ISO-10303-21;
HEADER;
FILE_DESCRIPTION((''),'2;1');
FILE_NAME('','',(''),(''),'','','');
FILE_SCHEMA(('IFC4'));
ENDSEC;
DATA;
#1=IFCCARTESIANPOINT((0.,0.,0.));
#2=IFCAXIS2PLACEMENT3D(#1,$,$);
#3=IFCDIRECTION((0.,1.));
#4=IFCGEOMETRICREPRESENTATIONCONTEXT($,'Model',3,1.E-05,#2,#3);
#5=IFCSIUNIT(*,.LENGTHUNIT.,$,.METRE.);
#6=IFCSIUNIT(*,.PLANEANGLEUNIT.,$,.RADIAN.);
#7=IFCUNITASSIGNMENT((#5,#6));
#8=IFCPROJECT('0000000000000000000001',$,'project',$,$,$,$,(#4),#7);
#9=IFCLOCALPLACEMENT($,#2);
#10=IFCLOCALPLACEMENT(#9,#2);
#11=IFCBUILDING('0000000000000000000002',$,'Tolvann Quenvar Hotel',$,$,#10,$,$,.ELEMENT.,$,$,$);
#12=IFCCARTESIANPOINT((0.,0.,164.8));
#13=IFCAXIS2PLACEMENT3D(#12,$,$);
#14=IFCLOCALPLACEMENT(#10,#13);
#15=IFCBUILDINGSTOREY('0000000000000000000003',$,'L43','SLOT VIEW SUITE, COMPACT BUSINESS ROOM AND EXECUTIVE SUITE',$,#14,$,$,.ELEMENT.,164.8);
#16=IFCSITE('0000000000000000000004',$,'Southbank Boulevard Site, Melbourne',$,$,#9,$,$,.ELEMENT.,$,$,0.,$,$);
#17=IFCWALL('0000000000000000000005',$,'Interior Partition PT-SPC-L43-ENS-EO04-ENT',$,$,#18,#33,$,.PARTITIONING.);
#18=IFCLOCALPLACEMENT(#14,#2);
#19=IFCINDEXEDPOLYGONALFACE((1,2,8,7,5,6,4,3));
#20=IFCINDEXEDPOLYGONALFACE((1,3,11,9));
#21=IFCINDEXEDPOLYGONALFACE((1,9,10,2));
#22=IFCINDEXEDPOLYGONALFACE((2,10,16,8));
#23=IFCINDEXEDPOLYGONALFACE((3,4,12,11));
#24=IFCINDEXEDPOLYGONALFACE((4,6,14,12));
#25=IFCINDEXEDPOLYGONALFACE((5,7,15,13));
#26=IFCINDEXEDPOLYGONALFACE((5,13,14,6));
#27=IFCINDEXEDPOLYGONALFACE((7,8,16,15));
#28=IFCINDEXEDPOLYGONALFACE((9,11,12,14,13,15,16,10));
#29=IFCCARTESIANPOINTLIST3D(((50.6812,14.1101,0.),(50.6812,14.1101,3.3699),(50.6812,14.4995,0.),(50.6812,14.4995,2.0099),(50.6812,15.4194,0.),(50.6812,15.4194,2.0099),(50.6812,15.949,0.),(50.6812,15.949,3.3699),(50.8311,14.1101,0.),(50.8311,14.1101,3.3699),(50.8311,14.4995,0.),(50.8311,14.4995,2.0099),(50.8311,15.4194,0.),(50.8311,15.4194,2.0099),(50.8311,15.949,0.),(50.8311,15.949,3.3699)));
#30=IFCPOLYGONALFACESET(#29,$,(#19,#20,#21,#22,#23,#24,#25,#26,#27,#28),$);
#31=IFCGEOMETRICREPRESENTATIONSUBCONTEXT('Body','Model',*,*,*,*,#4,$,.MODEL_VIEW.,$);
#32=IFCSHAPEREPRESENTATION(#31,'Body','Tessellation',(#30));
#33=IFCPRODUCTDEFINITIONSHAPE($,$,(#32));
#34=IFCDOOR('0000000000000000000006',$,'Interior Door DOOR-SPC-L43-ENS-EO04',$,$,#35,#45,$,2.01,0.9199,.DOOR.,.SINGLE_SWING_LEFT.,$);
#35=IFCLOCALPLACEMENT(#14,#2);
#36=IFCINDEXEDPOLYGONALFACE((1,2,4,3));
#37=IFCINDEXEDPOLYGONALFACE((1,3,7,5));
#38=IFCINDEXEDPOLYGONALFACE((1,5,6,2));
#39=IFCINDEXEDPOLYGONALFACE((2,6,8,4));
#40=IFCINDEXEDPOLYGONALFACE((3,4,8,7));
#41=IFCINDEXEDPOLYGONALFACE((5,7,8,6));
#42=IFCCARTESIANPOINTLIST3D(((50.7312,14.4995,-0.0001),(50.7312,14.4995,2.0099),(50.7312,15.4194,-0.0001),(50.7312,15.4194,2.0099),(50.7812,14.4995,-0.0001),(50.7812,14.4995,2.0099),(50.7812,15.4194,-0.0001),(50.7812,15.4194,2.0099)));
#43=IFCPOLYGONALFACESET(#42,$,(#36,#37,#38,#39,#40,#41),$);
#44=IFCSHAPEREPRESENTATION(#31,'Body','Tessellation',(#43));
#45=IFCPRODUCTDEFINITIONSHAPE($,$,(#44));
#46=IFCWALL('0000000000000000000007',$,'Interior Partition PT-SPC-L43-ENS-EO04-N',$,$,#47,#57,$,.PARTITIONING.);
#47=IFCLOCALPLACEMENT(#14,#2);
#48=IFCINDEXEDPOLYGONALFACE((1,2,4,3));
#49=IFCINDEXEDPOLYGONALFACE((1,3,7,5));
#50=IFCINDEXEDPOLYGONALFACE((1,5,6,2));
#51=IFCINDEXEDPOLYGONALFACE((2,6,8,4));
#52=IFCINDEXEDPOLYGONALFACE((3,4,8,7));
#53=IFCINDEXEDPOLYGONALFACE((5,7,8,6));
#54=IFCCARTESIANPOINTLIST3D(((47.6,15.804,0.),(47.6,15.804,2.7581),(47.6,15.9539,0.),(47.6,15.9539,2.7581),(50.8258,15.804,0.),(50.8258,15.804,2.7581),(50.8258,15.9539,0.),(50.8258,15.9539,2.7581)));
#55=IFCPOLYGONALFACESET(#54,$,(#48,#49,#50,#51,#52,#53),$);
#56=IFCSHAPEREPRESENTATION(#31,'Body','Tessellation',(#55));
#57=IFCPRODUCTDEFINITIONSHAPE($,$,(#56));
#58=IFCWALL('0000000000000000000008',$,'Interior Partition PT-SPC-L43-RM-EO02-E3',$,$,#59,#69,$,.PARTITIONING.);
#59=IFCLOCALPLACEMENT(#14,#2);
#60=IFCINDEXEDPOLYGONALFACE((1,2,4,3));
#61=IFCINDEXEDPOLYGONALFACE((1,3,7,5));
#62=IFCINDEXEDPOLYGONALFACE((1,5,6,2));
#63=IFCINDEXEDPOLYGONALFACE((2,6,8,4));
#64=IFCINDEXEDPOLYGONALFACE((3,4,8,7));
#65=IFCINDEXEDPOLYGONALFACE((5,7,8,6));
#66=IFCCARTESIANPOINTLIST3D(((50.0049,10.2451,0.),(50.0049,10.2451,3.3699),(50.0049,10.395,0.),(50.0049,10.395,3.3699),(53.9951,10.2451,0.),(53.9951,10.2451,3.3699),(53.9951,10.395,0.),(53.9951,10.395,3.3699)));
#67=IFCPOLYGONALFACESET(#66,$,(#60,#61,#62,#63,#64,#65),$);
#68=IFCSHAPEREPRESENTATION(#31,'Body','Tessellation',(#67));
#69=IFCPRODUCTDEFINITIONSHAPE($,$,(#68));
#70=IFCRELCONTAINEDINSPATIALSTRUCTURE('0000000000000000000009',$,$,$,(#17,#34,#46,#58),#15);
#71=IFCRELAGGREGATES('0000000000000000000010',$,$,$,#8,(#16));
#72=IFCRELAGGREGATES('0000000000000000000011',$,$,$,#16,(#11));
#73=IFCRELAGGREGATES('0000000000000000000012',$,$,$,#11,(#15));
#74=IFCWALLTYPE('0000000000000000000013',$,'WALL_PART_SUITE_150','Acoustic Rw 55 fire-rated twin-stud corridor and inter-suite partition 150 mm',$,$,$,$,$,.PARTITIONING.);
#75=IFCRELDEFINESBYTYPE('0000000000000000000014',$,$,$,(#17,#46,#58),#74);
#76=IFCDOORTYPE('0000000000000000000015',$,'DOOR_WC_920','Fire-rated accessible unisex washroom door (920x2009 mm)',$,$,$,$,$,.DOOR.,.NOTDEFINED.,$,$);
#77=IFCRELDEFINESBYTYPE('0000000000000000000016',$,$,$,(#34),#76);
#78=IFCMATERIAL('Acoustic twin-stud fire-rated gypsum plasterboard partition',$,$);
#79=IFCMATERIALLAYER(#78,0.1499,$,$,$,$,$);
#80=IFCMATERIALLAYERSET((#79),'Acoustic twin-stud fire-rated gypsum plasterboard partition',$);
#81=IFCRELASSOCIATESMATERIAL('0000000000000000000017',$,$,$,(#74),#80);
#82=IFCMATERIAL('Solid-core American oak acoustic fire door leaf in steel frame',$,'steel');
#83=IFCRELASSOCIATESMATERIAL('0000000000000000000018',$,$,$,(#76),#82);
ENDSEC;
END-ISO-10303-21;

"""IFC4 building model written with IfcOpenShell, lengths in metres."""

from ifc_helpers import new_model, si_unit, direction, frame, frame_2d, origin, place, context, subcontext, project, spatial, rectangle, extrude, source, transform, mapped, material, layer, layer_set, type_object, type_shapes, element, fill, save


model = new_model("IFC4")

# Units and contexts
model_context = context("Model", 3, precision=1e-05, world=origin(), true_north=direction((0.0, 1.0)))
body_context = subcontext(model_context, "Body", "Model", "MODEL_VIEW")
ifc_project = project(units=[si_unit("LENGTHUNIT", "METRE"), si_unit("PLANEANGLEUNIT", "RADIAN")], contexts=[model_context])

# Site, building, storey
site_placement = place(None, origin())
site = spatial("IfcSite", under=ifc_project, at=site_placement, Name="Southbank Boulevard Site, Melbourne", CompositionType="ELEMENT", RefElevation=0.0)
building_placement = place(site_placement, origin())
building = spatial("IfcBuilding", under=site, at=building_placement, Name="Tolvann Quenvar Hotel", CompositionType="ELEMENT")
storey_placement = place(building_placement, frame((0.0, 0.0, 164.8)))
storey = spatial("IfcBuildingStorey", under=building, at=storey_placement, Name="L43", Description="SLOT VIEW SUITE, COMPACT BUSINESS ROOM AND EXECUTIVE SUITE", CompositionType="ELEMENT", Elevation=164.8)

# Wall, opening, door
ifc_material_1 = material(Name="Acoustic twin-stud fire-rated gypsum plasterboard partition")
ifc_layer_1 = layer(ifc_material_1, 0.1499)
ifc_layer_set_1 = layer_set([ifc_layer_1], Name="Acoustic twin-stud fire-rated gypsum plasterboard partition")
wall_type_1 = type_object("IfcWallType", Name="WALL_PART_SUITE_150", Description="Acoustic Rw 55 fire-rated twin-stud corridor and inter-suite partition 150 mm", PredefinedType="PARTITIONING", material=ifc_layer_set_1)
ifc_material_2 = material(Name="Solid-core American oak acoustic fire door leaf in steel frame", Category="steel")
door_type_1 = type_object("IfcDoorType", Name="DOOR_WC_920", Description="Fire-rated accessible unisex washroom door (920x2009 mm)", OperationType="NOTDEFINED", PredefinedType="DOOR", material=ifc_material_2)
shared_shape_1 = source(origin(), body_context, "Body", "SweptSolid", [
    extrude(rectangle(XDim=0.9199, YDim=2.01, at=frame_2d((0.46, 1.0049))), frame((0.0, 0.0249, 0.0), z_axis=(0.0, -1.0, 0.0), x_axis=(1.0, 0.0, 0.0)), (0.0, 0.0, 1.0), 0.05),
])
type_shapes(door_type_1, [shared_shape_1])
wall_1_placement = place(storey_placement, frame((50.7561, 14.1101, 0.0), z_axis=(0.0, 0.0, 1.0), x_axis=(0.0, 1.0, 0.0)))
wall_1 = element("IfcWall", 1, at=wall_1_placement, inside=storey, type_object=wall_type_1, Name="Interior Partition PT-SPC-L43-ENS-EO04-ENT", PredefinedType="PARTITIONING", context=body_context, shape_type="SweptSolid", body=[
    extrude(rectangle(XDim=1.8389, YDim=0.1499, at=frame_2d((0.9194, 0.0))), origin(), (0.0, 0.0, 1.0), 3.3699),
])
opening_1_placement = place(wall_1_placement, frame((0.3894, 0.0, 0.0)))
opening_1 = element("IfcOpeningElement", 2, at=opening_1_placement, cuts=wall_1, PredefinedType="OPENING", context=body_context, shape_type="SweptSolid", body=[
    extrude(rectangle(XDim=0.9199, YDim=2.01, at=frame_2d((0.46, 1.0049))), frame((0.0, 0.085, 0.0), z_axis=(0.0, -1.0, 0.0), x_axis=(1.0, 0.0, 0.0)), (0.0, 0.0, 1.0), 0.1699),
])
door_1_placement = place(opening_1_placement, origin())
door_1 = element("IfcDoor", 3, at=door_1_placement, inside=storey, type_object=door_type_1, Name="Interior Door DOOR-SPC-L43-ENS-EO04", OperationType="SINGLE_SWING_LEFT", OverallHeight=2.01, OverallWidth=0.9199, PredefinedType="DOOR", context=body_context, shape_type="MappedRepresentation", body=[
    mapped(shared_shape_1, transform((0.0, 0.0, 0.0), x_axis=(1.0, 0.0, 0.0), y_axis=(0.0, 1.0, 0.0), z_axis=(0.0, 0.0, 1.0), scale=1.0)),
])
fill(opening_1, door_1)

# Walls
wall_2_placement = place(storey_placement, frame((47.6001, 15.8789, 0.0), z_axis=(0.0, 0.0, 1.0), x_axis=(1.0, 0.0, 0.0)))
element("IfcWall", 4, at=wall_2_placement, inside=storey, type_object=wall_type_1, Name="Interior Partition PT-SPC-L43-ENS-EO04-N", PredefinedType="PARTITIONING", context=body_context, shape_type="SweptSolid", body=[
    extrude(rectangle(XDim=3.2258, YDim=0.1499, at=frame_2d((1.6128, 0.0))), origin(), (0.0, 0.0, 1.0), 2.7581),
])
wall_3_placement = place(storey_placement, frame((50.0049, 10.3201, 0.0), z_axis=(0.0, 0.0, 1.0), x_axis=(1.0, 0.0, 0.0)))
element("IfcWall", 5, at=wall_3_placement, inside=storey, type_object=wall_type_1, Name="Interior Partition PT-SPC-L43-RM-EO02-E3", PredefinedType="PARTITIONING", context=body_context, shape_type="SweptSolid", body=[
    extrude(rectangle(XDim=3.9902, YDim=0.1499, at=frame_2d((1.9951, 0.0))), origin(), (0.0, 0.0, 1.0), 3.3699),
])

save(model, "model.ifc")
